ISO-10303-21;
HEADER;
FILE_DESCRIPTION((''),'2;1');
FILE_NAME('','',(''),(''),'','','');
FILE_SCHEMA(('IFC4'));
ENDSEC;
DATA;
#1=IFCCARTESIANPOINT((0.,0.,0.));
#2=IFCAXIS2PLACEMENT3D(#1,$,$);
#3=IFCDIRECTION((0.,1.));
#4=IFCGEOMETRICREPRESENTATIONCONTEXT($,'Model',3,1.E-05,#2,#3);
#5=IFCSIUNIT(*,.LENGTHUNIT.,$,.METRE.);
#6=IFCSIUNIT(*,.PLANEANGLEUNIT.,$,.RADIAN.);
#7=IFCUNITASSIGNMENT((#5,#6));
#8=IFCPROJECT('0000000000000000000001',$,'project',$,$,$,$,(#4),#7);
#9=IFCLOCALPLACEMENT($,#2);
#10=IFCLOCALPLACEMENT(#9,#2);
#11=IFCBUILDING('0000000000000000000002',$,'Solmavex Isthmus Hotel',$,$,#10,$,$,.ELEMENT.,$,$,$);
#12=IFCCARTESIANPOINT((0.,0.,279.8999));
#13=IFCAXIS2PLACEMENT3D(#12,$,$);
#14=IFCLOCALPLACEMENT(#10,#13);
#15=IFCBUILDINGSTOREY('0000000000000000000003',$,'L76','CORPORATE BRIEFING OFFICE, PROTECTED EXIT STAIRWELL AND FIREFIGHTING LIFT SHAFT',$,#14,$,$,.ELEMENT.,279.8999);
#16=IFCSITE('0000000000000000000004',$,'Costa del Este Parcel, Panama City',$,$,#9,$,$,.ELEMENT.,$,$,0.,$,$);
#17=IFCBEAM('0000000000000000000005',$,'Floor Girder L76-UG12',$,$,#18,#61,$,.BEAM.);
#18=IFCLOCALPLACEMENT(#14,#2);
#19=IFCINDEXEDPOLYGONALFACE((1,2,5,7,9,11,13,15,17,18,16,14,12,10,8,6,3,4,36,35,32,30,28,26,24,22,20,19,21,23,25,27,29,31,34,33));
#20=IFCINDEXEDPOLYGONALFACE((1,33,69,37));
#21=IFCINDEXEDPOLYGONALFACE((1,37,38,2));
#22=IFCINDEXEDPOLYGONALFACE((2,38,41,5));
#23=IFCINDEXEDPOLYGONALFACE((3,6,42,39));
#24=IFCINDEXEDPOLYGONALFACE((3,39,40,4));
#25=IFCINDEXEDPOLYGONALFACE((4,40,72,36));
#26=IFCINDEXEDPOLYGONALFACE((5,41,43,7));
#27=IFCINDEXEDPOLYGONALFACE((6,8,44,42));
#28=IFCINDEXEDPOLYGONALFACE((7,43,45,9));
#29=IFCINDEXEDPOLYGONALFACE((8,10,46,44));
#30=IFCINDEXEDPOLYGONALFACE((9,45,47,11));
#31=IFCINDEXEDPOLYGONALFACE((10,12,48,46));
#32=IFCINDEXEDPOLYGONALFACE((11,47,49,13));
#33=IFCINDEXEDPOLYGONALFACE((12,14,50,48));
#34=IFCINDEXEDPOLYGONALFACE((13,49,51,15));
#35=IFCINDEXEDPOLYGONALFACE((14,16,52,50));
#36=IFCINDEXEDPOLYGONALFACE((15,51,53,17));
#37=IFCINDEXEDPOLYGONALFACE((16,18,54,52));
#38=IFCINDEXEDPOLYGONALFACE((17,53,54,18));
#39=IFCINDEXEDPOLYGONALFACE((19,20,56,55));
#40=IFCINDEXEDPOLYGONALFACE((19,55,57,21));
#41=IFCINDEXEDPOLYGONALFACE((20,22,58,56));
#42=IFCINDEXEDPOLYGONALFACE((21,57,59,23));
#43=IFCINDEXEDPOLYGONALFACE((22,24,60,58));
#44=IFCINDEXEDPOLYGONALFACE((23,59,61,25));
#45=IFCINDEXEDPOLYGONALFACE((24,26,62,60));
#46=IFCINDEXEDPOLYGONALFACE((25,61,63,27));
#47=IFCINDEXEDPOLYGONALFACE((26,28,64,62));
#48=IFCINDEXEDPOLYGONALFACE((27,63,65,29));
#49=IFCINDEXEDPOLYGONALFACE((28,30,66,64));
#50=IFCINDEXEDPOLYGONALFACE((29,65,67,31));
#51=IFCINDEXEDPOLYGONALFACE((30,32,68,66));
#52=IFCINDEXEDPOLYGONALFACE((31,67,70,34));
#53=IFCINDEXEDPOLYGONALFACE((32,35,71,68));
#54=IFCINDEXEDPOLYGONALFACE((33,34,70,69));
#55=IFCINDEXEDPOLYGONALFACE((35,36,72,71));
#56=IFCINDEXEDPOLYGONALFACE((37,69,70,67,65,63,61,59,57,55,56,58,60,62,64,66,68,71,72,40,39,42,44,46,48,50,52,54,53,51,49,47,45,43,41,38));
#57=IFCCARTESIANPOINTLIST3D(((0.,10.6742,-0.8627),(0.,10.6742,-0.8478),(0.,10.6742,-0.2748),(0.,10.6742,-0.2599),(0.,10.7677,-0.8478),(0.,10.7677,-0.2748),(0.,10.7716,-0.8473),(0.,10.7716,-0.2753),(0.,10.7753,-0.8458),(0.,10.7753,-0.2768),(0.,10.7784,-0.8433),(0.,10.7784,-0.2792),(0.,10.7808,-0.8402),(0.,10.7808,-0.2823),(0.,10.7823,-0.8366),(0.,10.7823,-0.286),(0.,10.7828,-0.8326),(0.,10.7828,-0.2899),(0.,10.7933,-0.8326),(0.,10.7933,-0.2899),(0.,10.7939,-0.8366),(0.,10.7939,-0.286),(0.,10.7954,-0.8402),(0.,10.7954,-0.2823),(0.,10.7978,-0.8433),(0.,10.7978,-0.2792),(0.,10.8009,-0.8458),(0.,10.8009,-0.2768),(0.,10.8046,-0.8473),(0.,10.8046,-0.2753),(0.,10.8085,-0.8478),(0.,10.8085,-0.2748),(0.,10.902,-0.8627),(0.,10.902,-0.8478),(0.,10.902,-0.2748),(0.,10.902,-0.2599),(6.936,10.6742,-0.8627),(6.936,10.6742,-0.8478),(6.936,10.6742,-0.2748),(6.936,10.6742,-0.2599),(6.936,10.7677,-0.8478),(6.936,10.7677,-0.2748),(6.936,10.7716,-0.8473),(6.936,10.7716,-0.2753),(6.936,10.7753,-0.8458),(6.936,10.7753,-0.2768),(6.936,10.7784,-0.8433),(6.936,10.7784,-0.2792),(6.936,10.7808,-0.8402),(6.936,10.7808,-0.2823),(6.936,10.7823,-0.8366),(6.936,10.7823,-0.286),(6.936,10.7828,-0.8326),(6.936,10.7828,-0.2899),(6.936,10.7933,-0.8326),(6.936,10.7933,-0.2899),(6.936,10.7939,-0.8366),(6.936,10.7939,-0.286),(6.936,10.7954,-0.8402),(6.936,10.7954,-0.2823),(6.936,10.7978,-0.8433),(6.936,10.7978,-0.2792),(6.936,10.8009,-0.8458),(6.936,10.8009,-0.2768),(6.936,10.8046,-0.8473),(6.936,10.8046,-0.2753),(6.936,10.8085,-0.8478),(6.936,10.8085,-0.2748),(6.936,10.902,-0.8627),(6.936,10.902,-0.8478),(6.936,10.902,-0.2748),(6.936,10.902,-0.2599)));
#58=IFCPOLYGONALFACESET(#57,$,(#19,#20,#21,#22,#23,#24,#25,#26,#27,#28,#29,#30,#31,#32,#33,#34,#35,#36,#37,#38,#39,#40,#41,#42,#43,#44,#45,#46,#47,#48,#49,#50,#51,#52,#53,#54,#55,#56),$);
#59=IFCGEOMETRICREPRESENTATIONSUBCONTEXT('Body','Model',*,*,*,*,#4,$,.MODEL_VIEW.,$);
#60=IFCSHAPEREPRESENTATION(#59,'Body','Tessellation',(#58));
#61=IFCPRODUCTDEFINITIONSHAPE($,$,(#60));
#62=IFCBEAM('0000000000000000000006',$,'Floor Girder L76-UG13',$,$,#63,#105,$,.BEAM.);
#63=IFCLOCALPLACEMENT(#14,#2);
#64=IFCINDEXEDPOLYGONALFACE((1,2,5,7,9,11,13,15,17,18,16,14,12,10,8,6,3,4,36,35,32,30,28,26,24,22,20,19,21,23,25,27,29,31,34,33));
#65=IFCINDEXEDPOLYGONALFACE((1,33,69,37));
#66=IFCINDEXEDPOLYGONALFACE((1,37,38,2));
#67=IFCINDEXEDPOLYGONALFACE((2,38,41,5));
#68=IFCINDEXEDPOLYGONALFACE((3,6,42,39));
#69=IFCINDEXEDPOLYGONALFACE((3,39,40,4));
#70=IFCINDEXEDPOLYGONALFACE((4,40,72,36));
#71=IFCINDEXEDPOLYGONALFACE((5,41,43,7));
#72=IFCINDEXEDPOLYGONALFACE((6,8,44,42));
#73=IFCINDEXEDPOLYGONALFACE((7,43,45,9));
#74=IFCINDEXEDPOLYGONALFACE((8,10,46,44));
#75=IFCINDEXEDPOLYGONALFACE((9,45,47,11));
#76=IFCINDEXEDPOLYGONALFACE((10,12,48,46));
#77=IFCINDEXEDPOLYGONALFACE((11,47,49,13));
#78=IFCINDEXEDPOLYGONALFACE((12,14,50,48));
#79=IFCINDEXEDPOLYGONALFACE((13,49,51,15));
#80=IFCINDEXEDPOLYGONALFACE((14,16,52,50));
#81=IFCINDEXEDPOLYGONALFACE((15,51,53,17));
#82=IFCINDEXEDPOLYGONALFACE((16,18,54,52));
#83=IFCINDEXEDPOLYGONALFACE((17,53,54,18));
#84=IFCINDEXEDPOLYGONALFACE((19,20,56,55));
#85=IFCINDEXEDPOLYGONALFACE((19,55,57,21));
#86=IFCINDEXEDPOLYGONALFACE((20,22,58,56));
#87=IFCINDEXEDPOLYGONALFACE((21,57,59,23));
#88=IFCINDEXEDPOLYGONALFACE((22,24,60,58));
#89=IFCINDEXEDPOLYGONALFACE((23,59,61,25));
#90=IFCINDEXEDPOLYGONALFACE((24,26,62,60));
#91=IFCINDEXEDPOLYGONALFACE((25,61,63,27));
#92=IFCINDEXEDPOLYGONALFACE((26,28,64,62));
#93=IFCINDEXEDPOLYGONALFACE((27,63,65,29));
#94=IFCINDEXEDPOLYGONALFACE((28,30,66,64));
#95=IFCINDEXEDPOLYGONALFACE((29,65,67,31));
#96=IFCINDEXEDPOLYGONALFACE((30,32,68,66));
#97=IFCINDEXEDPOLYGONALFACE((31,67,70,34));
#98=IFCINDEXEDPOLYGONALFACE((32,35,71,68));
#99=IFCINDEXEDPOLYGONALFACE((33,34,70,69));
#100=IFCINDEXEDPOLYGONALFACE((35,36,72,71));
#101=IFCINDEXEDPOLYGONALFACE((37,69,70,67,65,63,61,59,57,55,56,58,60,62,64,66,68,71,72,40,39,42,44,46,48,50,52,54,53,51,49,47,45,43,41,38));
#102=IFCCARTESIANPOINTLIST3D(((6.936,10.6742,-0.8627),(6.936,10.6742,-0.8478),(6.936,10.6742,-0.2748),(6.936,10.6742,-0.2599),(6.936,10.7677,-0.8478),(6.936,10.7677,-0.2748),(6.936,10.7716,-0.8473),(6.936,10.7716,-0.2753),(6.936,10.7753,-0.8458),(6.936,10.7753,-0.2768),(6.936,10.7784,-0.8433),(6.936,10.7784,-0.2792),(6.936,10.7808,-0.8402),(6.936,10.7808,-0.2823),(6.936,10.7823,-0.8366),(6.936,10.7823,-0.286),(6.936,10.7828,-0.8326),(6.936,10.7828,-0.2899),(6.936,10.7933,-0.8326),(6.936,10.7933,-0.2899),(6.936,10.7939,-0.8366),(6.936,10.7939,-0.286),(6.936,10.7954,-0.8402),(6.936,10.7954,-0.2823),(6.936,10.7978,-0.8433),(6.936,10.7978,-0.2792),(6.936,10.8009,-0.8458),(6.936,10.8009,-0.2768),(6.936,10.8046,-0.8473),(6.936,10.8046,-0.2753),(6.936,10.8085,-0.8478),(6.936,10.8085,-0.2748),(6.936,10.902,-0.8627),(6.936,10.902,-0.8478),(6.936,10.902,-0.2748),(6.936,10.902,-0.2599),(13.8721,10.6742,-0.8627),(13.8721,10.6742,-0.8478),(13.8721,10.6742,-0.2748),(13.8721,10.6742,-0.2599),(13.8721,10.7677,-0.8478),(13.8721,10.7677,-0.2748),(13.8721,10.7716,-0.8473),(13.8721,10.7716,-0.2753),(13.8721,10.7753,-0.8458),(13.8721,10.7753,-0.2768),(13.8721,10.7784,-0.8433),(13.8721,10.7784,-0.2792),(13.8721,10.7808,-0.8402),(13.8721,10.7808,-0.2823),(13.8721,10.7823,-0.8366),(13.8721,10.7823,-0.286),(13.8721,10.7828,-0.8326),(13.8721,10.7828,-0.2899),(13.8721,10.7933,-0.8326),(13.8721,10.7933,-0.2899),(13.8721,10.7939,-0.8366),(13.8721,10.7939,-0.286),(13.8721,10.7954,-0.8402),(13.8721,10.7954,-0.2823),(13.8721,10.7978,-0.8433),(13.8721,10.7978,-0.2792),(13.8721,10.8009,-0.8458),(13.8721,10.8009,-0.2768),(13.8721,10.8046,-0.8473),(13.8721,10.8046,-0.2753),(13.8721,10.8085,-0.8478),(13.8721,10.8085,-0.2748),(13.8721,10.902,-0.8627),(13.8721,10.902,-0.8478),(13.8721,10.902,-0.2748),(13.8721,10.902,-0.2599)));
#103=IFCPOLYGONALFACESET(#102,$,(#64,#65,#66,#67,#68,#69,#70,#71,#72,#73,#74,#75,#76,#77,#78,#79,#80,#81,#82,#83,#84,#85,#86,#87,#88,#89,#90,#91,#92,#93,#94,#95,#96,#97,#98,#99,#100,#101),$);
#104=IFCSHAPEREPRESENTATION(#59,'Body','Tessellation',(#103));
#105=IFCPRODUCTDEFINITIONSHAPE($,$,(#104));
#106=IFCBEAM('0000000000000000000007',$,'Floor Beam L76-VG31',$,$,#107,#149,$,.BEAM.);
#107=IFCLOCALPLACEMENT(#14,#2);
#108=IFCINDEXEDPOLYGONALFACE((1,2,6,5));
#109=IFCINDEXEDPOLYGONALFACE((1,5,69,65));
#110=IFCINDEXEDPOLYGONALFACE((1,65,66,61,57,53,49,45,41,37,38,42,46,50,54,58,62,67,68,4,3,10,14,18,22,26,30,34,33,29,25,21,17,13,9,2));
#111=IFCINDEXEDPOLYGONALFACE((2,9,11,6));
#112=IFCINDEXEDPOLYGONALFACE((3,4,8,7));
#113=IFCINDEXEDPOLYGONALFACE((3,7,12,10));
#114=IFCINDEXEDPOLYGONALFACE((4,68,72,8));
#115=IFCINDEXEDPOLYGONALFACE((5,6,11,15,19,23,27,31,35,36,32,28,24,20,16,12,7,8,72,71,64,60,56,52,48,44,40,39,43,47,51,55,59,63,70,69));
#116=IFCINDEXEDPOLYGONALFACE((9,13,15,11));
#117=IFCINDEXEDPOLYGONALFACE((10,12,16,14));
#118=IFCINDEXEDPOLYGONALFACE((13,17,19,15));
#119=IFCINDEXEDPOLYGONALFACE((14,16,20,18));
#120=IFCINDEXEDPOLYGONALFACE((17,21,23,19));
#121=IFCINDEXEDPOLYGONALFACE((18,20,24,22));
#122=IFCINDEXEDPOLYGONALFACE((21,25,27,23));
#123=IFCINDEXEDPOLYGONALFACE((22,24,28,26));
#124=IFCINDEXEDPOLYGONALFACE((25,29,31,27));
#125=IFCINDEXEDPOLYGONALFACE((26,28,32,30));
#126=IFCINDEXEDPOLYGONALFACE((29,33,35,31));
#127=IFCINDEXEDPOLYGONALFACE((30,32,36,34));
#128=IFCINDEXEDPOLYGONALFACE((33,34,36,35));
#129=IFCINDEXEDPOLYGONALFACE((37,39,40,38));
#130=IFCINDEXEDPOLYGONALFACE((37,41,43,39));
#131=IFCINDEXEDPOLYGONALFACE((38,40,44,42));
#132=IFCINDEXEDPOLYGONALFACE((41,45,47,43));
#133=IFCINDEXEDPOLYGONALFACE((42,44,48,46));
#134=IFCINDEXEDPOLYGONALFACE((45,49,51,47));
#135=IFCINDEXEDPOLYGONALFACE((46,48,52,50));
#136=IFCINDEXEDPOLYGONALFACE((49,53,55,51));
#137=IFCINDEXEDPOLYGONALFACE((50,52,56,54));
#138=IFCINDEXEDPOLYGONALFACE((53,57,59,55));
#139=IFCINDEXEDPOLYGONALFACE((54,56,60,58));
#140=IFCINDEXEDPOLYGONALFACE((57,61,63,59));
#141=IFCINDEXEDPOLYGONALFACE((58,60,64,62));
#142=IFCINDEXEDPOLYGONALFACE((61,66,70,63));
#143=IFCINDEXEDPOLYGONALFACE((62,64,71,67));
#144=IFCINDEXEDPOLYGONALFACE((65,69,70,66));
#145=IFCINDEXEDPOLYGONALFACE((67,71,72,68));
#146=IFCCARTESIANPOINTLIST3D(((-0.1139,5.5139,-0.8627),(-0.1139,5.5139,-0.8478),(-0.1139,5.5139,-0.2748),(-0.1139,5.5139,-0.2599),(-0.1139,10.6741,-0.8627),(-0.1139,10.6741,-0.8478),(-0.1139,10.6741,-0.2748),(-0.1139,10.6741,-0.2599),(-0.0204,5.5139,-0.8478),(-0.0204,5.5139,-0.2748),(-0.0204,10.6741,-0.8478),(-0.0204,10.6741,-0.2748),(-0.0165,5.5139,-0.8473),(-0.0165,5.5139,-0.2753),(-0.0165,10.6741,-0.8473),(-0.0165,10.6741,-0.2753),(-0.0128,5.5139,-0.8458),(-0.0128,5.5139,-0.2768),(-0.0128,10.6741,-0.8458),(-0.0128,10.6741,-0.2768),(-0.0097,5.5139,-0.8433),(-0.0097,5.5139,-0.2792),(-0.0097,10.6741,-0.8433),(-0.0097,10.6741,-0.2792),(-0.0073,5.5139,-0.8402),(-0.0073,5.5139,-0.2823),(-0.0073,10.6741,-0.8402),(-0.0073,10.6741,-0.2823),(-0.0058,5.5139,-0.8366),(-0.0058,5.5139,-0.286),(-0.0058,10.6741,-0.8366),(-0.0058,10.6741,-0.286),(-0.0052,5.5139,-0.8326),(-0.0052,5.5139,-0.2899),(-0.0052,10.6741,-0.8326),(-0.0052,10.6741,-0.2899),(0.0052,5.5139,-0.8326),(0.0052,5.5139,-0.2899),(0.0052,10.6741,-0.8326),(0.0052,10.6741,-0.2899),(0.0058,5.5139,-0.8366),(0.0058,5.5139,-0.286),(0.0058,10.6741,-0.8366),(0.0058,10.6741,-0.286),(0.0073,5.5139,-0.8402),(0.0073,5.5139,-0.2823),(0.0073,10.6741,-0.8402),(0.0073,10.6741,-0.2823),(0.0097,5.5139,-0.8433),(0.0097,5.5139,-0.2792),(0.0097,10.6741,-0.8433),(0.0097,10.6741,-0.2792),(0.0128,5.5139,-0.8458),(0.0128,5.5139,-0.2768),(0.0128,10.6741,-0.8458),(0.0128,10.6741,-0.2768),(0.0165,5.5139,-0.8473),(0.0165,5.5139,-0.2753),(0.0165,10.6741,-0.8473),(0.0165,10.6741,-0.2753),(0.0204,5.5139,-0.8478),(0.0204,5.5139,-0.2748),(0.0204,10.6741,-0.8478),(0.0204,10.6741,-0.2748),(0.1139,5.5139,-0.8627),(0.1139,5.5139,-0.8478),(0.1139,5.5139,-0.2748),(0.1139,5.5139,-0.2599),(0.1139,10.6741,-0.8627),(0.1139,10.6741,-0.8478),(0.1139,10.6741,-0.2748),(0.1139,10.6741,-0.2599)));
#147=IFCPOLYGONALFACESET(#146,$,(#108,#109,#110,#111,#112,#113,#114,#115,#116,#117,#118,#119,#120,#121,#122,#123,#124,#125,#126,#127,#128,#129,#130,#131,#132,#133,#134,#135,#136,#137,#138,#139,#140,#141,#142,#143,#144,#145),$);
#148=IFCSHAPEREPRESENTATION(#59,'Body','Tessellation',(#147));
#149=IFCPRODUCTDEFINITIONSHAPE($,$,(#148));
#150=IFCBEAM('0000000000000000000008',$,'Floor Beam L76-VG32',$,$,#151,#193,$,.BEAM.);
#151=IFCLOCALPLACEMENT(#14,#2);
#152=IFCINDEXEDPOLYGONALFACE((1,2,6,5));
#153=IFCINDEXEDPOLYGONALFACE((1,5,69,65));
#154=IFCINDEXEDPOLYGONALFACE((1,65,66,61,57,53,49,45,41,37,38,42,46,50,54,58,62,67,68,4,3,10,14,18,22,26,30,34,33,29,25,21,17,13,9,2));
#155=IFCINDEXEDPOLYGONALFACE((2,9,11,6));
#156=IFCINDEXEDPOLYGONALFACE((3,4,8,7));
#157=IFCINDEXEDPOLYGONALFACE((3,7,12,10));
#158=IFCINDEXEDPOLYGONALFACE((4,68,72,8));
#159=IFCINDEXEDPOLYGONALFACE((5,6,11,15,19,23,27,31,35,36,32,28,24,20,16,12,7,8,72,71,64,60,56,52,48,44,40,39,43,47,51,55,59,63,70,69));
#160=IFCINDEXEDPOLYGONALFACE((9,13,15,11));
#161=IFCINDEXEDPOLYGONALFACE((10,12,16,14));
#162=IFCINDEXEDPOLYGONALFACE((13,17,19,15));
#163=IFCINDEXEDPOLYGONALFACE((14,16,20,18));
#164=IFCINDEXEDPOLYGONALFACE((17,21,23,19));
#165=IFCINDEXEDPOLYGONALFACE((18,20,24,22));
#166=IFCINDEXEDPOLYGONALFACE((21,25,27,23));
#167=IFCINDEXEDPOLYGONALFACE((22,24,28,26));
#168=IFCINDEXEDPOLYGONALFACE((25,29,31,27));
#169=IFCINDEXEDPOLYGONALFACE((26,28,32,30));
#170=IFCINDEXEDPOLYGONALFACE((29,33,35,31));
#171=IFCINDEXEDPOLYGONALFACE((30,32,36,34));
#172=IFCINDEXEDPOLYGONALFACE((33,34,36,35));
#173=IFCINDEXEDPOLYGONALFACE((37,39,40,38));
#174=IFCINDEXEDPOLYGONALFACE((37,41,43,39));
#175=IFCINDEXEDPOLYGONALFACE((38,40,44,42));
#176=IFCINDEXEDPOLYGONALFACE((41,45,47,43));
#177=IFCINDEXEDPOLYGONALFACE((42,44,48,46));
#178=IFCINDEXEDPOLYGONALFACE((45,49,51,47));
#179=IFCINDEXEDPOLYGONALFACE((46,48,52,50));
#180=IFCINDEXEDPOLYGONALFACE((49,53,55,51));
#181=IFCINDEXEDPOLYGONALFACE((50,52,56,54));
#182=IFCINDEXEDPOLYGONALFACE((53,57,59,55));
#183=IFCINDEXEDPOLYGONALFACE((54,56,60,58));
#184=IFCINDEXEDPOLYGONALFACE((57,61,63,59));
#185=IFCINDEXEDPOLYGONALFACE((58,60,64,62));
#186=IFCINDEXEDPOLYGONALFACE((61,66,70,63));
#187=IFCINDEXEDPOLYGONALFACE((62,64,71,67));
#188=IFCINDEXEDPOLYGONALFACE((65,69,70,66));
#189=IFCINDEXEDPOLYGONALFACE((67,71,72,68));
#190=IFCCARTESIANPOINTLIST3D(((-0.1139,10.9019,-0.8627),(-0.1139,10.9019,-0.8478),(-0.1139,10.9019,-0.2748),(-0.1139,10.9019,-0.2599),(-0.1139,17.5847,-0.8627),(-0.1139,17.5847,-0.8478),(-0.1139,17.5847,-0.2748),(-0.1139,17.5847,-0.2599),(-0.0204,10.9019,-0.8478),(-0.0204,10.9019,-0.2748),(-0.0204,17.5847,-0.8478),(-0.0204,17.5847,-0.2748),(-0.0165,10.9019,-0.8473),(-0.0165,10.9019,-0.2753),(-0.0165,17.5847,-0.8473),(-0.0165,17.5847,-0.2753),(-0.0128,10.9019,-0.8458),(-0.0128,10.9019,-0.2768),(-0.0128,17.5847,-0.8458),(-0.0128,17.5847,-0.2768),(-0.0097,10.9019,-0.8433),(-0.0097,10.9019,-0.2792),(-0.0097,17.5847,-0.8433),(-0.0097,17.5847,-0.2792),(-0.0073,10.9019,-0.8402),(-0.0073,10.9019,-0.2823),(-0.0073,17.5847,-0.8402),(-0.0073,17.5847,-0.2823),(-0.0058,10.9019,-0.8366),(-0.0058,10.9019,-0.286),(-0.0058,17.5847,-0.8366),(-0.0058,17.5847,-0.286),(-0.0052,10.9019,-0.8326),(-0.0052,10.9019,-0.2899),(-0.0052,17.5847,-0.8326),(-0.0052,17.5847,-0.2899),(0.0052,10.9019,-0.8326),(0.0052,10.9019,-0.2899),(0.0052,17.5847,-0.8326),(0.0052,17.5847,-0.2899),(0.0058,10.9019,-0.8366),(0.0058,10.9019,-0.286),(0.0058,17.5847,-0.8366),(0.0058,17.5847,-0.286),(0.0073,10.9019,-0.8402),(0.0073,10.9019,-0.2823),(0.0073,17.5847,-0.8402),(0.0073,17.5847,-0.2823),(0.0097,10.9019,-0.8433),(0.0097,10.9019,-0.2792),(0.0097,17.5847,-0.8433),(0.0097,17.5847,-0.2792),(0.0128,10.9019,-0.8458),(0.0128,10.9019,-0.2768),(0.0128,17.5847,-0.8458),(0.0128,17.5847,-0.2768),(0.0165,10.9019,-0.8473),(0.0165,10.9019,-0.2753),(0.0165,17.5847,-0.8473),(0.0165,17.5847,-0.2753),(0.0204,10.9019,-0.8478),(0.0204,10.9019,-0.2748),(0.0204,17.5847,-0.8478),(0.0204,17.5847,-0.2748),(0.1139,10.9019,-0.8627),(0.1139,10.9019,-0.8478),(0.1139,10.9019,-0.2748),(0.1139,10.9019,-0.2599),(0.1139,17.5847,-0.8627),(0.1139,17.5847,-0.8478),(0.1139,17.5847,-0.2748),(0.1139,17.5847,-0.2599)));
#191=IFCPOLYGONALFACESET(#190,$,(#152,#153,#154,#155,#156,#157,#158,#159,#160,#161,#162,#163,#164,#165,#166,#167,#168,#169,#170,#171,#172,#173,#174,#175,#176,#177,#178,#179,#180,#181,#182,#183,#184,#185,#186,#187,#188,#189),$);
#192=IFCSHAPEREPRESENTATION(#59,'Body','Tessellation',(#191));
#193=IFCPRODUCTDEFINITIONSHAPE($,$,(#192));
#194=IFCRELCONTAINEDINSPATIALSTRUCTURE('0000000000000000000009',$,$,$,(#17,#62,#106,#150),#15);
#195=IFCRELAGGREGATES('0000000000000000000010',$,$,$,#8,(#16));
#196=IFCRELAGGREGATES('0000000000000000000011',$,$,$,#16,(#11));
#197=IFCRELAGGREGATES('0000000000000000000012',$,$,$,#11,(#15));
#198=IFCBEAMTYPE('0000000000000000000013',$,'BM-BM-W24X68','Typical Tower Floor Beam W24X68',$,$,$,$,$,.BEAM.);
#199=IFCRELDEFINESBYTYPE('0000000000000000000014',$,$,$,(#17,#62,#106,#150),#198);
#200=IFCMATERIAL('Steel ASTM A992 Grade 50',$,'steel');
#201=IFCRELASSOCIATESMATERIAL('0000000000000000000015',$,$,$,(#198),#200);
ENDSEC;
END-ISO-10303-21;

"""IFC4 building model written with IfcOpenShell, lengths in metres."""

from ifc_helpers import new_model, si_unit, direction, frame, origin, origin_2d, place, context, subcontext, project, spatial, i_section, extrude, material, material_profile, profile_set, type_object, element, save


model = new_model("IFC4")

# Units and contexts
model_context = context("Model", 3, precision=1e-05, world=origin(), true_north=direction((0.0, 1.0)))
body_context = subcontext(model_context, "Body", "Model", "MODEL_VIEW")
ifc_project = project(units=[si_unit("LENGTHUNIT", "METRE"), si_unit("PLANEANGLEUNIT", "RADIAN")], contexts=[model_context])

# Site, building, storey
site_placement = place(None, origin())
site = spatial("IfcSite", under=ifc_project, at=site_placement, Name="Costa del Este Parcel, Panama City", CompositionType="ELEMENT", RefElevation=0.0)
building_placement = place(site_placement, origin())
building = spatial("IfcBuilding", under=site, at=building_placement, Name="Solmavex Isthmus Hotel", CompositionType="ELEMENT")
storey_placement = place(building_placement, frame((0.0, 0.0, 279.8999)))
storey = spatial("IfcBuildingStorey", under=building, at=storey_placement, Name="L76", Description="CORPORATE BRIEFING OFFICE, PROTECTED EXIT STAIRWELL AND FIREFIGHTING LIFT SHAFT", CompositionType="ELEMENT", Elevation=279.8999)

# Beams
ifc_material_1 = material(Name="Steel ASTM A992 Grade 50", Category="steel")
ifc_material_profile_1 = material_profile(ifc_material_1, i_section(OverallWidth=0.2278, OverallDepth=0.6028, WebThickness=0.0105, FlangeThickness=0.0149, FilletRadius=0.0151, at=origin_2d()), Name="W24X68")
ifc_profile_set_1 = profile_set([ifc_material_profile_1], Name="Steel ASTM A992 Grade 50")
beam_type_1 = type_object("IfcBeamType", Name="BM-BM-W24X68", Description="Typical Tower Floor Beam W24X68", PredefinedType="BEAM", material=ifc_profile_set_1)
for number, where, z_axis, x_axis, name in (
    (1, (0.0, 10.7881, -0.5613), (1.0, 0.0, 0.0), (0.0, 1.0, 0.0), "Floor Girder L76-UG12"),
    (2, (6.936, 10.7881, -0.5613), (1.0, 0.0, 0.0), (0.0, 1.0, 0.0), "Floor Girder L76-UG13"),
):
    element("IfcBeam", number, at=place(storey_placement, frame(where, z_axis=z_axis, x_axis=x_axis)), inside=storey, type_object=beam_type_1, Name=name, PredefinedType="BEAM", context=body_context, shape_type="SweptSolid", body=[
        extrude(i_section(OverallWidth=0.2278, OverallDepth=0.6028, WebThickness=0.0105, FlangeThickness=0.0149, FilletRadius=0.0151, at=origin_2d()), origin(), (0.0, 0.0, 1.0), 6.936),
    ])
beam_1_placement = place(storey_placement, frame((0.0, 5.5139, -0.5613), z_axis=(0.0, 1.0, 0.0), x_axis=(-1.0, 0.0, 0.0)))
element("IfcBeam", 3, at=beam_1_placement, inside=storey, type_object=beam_type_1, Name="Floor Beam L76-VG31", PredefinedType="BEAM", context=body_context, shape_type="SweptSolid", body=[
    extrude(i_section(OverallWidth=0.2278, OverallDepth=0.6028, WebThickness=0.0105, FlangeThickness=0.0149, FilletRadius=0.0151, at=origin_2d()), origin(), (0.0, 0.0, 1.0), 5.1602),
])
beam_2_placement = place(storey_placement, frame((0.0, 10.9019, -0.5613), z_axis=(0.0, 1.0, 0.0), x_axis=(-1.0, 0.0, 0.0)))
element("IfcBeam", 4, at=beam_2_placement, inside=storey, type_object=beam_type_1, Name="Floor Beam L76-VG32", PredefinedType="BEAM", context=body_context, shape_type="SweptSolid", body=[
    extrude(i_section(OverallWidth=0.2278, OverallDepth=0.6028, WebThickness=0.0105, FlangeThickness=0.0149, FilletRadius=0.0151, at=origin_2d()), origin(), (0.0, 0.0, 1.0), 6.6829),
])

save(model, "model.ifc")
